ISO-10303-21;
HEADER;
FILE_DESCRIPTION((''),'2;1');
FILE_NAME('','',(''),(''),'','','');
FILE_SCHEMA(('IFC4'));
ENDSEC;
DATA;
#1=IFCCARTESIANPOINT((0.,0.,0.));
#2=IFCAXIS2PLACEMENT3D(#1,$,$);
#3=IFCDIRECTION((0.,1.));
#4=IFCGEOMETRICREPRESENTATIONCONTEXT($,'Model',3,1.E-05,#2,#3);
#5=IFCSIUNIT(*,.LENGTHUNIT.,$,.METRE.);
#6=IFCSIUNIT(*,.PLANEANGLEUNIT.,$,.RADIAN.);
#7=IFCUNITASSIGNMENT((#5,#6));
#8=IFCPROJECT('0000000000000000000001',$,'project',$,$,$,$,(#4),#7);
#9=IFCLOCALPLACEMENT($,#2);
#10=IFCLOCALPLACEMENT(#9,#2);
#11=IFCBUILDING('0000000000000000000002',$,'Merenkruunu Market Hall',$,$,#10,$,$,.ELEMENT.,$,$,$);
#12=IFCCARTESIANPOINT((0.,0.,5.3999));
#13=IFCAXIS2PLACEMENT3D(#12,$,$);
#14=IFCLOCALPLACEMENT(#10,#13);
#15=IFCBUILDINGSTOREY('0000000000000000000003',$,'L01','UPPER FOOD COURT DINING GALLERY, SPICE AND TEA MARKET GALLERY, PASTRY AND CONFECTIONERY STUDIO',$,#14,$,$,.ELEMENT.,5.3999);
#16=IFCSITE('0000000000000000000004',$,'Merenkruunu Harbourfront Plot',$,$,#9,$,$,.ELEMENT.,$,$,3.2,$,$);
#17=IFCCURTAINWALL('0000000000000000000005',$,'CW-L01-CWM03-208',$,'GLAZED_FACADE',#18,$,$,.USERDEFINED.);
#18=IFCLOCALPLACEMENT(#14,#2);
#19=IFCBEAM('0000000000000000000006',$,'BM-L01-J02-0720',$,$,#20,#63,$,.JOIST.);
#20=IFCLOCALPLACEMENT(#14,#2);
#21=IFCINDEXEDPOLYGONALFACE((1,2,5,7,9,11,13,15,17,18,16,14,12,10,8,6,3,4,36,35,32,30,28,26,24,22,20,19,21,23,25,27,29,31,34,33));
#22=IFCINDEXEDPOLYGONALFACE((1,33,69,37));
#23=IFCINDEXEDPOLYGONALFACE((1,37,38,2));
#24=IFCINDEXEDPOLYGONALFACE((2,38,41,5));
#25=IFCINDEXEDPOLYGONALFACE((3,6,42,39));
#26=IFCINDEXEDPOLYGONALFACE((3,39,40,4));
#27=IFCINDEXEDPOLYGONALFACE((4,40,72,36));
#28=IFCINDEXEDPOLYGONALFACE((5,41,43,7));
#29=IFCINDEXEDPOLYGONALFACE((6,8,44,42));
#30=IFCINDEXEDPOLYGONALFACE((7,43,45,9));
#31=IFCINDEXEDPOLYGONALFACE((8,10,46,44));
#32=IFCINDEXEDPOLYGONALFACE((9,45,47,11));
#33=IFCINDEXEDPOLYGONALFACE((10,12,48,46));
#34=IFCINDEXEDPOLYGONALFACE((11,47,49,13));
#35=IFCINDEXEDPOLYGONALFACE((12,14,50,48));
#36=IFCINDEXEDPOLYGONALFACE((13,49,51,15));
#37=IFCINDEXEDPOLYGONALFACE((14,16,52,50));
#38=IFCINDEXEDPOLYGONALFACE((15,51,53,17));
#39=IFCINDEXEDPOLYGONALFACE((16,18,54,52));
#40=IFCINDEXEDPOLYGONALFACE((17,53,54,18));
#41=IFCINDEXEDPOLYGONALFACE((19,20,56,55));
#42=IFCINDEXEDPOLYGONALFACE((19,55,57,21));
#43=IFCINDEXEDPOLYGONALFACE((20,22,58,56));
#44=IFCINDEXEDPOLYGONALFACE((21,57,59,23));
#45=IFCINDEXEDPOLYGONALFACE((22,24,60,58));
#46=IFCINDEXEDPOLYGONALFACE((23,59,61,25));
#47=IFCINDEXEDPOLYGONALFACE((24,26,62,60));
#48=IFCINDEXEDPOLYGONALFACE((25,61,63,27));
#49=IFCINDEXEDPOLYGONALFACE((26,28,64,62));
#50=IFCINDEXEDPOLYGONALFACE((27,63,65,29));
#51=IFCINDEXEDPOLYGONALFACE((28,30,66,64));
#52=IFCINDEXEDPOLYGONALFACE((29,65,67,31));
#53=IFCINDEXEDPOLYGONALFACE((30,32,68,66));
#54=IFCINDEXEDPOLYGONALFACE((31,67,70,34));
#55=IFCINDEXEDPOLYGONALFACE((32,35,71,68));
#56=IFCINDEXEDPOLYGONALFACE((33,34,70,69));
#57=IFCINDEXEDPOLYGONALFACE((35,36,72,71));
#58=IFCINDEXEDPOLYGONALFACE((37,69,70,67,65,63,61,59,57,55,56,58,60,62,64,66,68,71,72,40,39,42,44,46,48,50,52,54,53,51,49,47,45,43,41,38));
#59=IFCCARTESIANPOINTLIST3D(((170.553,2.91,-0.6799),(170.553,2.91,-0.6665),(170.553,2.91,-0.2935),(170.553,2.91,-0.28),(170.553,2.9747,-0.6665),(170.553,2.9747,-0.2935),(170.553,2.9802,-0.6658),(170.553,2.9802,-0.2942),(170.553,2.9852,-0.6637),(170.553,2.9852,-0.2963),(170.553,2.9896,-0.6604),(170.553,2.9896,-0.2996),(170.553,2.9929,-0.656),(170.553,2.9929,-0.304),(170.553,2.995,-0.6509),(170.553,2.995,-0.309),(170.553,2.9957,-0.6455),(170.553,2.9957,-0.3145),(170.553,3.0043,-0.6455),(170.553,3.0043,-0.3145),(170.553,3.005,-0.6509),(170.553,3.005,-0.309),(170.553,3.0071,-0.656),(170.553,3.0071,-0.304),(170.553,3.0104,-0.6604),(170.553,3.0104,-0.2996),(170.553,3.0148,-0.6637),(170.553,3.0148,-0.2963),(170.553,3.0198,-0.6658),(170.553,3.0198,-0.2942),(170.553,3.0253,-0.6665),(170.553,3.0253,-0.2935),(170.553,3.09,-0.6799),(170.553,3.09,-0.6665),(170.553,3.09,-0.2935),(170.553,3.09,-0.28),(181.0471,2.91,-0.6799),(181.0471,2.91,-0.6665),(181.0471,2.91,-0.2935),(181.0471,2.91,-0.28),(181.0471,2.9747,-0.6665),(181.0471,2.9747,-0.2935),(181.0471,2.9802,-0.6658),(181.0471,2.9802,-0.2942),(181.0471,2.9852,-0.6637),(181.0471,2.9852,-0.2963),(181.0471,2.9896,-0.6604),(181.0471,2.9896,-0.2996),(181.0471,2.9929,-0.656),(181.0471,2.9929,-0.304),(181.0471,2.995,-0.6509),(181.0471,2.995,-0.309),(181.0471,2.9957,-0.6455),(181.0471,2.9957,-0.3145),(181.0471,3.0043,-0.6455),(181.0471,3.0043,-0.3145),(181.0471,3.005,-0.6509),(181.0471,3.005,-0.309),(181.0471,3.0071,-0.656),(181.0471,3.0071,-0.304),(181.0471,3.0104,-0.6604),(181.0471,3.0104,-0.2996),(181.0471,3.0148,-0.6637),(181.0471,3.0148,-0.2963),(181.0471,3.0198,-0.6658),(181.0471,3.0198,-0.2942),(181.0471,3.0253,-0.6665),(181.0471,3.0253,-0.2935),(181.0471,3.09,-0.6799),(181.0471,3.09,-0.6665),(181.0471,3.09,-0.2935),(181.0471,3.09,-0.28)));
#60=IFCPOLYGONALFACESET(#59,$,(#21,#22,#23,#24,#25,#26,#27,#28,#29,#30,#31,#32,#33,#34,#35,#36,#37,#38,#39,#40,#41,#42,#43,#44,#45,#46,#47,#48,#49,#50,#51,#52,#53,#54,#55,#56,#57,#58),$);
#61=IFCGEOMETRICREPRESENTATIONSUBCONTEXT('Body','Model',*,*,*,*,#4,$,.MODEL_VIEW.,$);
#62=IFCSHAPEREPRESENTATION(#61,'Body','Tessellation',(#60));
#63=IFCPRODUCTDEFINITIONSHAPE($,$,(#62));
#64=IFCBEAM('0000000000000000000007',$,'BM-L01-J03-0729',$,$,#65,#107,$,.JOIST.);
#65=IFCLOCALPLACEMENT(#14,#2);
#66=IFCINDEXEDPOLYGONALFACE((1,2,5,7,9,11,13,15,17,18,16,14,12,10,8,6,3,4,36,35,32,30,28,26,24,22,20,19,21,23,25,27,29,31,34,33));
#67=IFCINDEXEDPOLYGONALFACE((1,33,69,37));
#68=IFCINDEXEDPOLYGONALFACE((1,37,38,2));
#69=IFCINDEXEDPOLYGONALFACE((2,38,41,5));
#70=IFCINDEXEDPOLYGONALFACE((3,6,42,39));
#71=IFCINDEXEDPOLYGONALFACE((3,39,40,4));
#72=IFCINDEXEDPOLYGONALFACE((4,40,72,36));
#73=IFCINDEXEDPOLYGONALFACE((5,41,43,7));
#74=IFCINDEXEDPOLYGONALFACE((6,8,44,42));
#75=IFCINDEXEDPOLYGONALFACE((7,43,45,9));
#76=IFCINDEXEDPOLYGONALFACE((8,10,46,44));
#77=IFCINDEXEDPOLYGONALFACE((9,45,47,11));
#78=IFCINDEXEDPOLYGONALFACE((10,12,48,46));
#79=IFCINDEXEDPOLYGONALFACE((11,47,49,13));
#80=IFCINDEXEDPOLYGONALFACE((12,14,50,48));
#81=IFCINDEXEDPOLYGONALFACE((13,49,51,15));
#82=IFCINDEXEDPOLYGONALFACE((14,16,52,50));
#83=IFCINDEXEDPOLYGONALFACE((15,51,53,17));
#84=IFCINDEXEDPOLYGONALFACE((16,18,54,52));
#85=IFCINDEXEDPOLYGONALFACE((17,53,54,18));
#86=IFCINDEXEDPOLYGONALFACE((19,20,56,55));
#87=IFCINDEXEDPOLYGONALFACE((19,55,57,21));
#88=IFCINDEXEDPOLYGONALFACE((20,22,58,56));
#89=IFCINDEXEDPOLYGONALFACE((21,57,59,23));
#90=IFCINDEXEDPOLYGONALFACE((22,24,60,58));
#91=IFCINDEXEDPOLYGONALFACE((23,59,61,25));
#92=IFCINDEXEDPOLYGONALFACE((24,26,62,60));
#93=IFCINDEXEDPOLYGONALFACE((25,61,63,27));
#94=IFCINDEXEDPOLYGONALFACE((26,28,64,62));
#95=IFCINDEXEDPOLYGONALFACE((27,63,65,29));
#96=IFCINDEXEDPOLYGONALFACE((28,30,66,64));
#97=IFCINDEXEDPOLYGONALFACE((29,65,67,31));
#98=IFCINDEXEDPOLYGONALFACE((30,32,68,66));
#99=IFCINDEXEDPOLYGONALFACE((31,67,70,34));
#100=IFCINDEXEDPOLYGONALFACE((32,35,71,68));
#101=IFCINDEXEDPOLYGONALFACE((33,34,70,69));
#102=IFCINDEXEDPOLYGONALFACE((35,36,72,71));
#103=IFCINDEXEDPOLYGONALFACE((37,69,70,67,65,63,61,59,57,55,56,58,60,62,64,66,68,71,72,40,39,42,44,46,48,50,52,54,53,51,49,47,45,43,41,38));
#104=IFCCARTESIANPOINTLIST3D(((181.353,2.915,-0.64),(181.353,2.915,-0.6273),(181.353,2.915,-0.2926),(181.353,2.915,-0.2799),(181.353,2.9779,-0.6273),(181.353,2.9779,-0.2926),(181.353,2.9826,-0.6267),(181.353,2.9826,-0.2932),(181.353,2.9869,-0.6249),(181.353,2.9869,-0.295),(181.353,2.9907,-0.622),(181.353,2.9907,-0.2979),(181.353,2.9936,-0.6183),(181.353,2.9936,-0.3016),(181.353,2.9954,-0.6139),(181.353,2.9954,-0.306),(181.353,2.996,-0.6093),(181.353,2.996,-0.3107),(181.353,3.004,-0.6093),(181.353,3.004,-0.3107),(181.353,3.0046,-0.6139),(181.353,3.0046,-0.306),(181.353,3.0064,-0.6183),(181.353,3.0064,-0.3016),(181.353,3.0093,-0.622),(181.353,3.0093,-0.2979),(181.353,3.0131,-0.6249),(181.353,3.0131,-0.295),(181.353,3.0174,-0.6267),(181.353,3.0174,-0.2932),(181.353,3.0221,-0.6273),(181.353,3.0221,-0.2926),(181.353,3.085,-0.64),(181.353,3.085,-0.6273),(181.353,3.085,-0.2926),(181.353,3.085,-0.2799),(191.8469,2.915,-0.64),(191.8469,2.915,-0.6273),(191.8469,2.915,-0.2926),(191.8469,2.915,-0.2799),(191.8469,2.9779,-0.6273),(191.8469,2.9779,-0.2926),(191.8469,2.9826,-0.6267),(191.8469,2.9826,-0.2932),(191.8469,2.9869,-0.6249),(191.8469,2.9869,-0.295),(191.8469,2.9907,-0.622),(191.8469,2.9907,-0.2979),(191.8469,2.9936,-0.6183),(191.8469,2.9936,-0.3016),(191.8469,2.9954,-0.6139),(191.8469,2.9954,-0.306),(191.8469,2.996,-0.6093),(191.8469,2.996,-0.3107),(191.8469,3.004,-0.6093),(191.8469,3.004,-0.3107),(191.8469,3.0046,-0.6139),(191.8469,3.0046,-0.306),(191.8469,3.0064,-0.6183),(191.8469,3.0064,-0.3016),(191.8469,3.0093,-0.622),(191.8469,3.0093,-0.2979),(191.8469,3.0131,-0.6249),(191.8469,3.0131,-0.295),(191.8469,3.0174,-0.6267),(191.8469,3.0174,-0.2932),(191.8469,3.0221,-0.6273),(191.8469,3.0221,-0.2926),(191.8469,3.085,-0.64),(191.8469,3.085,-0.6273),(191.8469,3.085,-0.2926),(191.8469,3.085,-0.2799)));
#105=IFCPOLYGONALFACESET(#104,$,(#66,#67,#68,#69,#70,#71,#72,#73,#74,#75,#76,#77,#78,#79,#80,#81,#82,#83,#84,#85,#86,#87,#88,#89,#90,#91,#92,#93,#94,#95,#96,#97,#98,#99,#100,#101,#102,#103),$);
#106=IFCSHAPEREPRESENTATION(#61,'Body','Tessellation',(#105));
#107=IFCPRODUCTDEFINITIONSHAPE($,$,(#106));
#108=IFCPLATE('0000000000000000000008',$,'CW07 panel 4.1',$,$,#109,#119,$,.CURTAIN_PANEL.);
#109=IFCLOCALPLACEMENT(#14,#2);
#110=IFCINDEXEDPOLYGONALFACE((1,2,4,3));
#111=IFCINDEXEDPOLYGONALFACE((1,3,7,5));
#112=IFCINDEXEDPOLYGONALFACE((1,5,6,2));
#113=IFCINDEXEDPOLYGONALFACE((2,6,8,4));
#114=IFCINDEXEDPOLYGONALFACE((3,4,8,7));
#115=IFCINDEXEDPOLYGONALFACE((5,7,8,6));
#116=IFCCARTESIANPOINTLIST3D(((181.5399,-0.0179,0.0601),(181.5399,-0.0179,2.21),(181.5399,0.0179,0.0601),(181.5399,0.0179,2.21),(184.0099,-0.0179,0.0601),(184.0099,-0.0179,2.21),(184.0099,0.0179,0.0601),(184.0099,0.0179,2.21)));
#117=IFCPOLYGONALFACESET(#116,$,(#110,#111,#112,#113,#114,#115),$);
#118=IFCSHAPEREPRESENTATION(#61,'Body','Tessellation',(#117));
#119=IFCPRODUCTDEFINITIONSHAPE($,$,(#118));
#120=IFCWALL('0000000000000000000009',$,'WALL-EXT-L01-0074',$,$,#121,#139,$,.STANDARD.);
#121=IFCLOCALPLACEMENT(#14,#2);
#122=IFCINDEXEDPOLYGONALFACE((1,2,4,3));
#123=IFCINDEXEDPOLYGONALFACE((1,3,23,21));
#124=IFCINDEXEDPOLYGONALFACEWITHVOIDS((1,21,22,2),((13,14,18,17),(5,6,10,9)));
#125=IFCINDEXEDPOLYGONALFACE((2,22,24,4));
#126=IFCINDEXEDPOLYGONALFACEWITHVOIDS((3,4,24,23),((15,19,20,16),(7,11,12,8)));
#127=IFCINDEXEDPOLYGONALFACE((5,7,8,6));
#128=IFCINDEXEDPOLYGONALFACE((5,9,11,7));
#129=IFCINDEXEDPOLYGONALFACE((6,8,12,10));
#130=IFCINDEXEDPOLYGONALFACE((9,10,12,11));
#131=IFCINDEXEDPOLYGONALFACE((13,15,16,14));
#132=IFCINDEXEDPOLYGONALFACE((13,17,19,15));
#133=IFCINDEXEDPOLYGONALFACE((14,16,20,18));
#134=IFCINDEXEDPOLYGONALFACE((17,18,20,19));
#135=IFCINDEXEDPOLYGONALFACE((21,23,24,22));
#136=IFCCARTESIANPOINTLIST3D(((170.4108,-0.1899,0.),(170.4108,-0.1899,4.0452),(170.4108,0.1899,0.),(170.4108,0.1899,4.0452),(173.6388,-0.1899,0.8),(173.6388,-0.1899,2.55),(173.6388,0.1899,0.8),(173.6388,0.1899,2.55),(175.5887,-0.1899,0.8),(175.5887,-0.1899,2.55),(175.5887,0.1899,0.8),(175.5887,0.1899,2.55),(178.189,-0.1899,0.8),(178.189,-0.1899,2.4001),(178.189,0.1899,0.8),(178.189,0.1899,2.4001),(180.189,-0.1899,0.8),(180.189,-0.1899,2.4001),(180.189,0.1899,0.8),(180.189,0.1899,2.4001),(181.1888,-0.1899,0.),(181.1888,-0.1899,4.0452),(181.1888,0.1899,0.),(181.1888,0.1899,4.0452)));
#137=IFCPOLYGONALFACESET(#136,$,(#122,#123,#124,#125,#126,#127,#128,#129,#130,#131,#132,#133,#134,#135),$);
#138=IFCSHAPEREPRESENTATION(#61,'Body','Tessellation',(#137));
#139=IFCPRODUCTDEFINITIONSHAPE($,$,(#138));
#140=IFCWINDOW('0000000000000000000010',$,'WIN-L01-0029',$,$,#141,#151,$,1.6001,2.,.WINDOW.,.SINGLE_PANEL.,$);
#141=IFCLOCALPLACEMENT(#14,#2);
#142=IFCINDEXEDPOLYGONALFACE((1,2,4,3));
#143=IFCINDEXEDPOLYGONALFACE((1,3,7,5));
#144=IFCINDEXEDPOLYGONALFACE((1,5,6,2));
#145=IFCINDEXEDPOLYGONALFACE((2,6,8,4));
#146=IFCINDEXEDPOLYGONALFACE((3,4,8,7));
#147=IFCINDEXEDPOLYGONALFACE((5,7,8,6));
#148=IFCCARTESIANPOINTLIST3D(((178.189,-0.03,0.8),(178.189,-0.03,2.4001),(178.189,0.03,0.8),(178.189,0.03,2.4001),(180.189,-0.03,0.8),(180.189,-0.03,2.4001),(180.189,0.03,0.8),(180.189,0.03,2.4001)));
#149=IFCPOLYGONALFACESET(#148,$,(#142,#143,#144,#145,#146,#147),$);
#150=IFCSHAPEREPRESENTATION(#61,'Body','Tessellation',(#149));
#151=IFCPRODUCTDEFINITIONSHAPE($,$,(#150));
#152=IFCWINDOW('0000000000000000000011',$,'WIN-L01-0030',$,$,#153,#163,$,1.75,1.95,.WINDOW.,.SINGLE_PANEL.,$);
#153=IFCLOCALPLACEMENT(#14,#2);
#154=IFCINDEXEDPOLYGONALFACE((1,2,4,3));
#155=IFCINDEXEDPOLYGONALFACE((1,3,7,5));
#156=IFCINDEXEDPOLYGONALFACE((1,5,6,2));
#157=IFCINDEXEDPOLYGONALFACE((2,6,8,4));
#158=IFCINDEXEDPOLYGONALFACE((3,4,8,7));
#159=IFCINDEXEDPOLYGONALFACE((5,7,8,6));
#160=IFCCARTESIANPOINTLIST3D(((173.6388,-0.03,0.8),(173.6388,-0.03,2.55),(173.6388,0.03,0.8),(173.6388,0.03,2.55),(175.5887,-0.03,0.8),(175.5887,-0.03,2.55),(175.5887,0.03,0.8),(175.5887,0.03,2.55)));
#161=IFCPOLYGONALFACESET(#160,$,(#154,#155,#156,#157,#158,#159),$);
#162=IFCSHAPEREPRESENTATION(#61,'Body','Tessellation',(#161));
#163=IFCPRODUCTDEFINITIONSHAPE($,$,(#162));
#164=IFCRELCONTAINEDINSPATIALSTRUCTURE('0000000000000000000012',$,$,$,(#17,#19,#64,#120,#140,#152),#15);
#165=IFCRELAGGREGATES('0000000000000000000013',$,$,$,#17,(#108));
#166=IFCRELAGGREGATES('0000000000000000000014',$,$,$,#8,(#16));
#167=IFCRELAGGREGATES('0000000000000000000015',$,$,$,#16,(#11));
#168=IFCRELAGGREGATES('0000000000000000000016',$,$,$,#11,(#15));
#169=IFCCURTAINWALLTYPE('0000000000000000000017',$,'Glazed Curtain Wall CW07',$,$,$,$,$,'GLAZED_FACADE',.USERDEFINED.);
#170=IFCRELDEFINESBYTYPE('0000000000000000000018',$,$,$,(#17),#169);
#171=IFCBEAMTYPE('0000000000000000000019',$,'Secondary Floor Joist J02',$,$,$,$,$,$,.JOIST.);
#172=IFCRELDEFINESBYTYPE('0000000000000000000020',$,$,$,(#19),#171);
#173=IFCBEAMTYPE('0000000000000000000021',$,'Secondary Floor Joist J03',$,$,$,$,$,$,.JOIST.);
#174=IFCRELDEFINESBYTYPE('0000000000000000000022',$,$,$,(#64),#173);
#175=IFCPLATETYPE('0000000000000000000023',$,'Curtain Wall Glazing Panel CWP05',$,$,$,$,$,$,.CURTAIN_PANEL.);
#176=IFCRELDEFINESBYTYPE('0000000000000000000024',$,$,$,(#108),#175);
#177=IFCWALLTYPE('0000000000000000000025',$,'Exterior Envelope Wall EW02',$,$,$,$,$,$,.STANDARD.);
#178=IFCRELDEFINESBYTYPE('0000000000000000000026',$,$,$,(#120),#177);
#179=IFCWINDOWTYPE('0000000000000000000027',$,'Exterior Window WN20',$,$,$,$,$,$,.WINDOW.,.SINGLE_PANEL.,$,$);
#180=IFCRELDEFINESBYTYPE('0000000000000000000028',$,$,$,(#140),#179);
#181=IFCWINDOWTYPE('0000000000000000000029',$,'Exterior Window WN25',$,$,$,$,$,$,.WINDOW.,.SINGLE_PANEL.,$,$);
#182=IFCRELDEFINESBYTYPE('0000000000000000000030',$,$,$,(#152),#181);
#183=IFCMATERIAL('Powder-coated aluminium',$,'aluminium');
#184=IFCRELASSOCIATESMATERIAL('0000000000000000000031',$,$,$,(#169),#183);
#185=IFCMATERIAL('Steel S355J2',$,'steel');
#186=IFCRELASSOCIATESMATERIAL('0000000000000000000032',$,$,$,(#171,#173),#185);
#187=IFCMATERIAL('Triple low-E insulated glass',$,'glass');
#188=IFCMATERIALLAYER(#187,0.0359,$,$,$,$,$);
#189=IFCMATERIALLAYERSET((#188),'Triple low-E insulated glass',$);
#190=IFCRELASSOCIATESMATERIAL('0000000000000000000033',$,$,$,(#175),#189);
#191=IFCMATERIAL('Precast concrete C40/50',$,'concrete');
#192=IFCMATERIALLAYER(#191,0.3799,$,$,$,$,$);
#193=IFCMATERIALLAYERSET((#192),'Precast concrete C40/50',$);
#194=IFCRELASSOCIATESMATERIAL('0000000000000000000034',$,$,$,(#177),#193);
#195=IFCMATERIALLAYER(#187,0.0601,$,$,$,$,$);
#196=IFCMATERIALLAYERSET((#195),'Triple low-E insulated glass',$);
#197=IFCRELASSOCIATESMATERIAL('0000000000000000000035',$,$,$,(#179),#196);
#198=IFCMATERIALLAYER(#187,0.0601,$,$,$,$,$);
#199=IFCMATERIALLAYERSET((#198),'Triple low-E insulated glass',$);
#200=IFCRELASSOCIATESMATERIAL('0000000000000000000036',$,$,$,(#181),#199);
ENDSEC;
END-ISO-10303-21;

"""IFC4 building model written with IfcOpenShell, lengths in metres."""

from ifc_helpers import new_model, si_unit, direction, frame, frame_2d, origin, origin_2d, place, context, subcontext, project, spatial, rectangle, i_section, extrude, material, layer, layer_set, material_profile, profile_set, type_object, element, fill, aggregate, save


model = new_model("IFC4")

# Units and contexts
model_context = context("Model", 3, precision=1e-05, world=origin(), true_north=direction((0.0, 1.0)))
body_context = subcontext(model_context, "Body", "Model", "MODEL_VIEW")
ifc_project = project(units=[si_unit("LENGTHUNIT", "METRE"), si_unit("PLANEANGLEUNIT", "RADIAN")], contexts=[model_context])

# Site, building, storey
site_placement = place(None, origin())
site = spatial("IfcSite", under=ifc_project, at=site_placement, Name="Merenkruunu Harbourfront Plot", CompositionType="ELEMENT", RefElevation=3.2)
building_placement = place(site_placement, origin())
building = spatial("IfcBuilding", under=site, at=building_placement, Name="Merenkruunu Market Hall", CompositionType="ELEMENT")
storey_placement = place(building_placement, frame((0.0, 0.0, 5.3999)))
storey = spatial("IfcBuildingStorey", under=building, at=storey_placement, Name="L01", Description="UPPER FOOD COURT DINING GALLERY, SPICE AND TEA MARKET GALLERY, PASTRY AND CONFECTIONERY STUDIO", CompositionType="ELEMENT", Elevation=5.3999)

# Shared definitions
ifc_material_1 = material(Name="Steel S355J2", Category="steel")

# Curtain wall
ifc_material_2 = material(Name="Powder-coated aluminium", Category="aluminium")
curtain_wall_type = type_object("IfcCurtainWallType", Name="Glazed Curtain Wall CW07", ElementType="GLAZED_FACADE", PredefinedType="USERDEFINED", material=ifc_material_2)
curtain_wall_placement = place(storey_placement, origin())
curtain_wall = element("IfcCurtainWall", 1, at=curtain_wall_placement, inside=storey, type_object=curtain_wall_type, Name="CW-L01-CWM03-208", ObjectType="GLAZED_FACADE", PredefinedType="USERDEFINED")

# Beams
ifc_material_profile_1 = material_profile(ifc_material_1, i_section(OverallWidth=0.1799, OverallDepth=0.3999, WebThickness=0.0085, FlangeThickness=0.0134, FilletRadius=0.021, at=origin_2d()), Name="IPE 400")
ifc_profile_set_1 = profile_set([ifc_material_profile_1], Name="Steel S355J2")
beam_type_1 = type_object("IfcBeamType", Name="Secondary Floor Joist J02", PredefinedType="JOIST", material=ifc_profile_set_1)
beam_1_placement = place(storey_placement, frame((170.553, 3.0, -0.48), z_axis=(1.0, 0.0, 0.0), x_axis=(0.0, 1.0, 0.0)))
element("IfcBeam", 2, at=beam_1_placement, inside=storey, type_object=beam_type_1, Name="BM-L01-J02-0720", PredefinedType="JOIST", context=body_context, shape_type="SweptSolid", body=[
    extrude(i_section(OverallWidth=0.1799, OverallDepth=0.3999, WebThickness=0.0085, FlangeThickness=0.0134, FilletRadius=0.021, at=origin_2d()), origin(), (0.0, 0.0, 1.0), 10.4941),
])
ifc_material_profile_2 = material_profile(ifc_material_1, i_section(OverallWidth=0.1699, OverallDepth=0.3601, WebThickness=0.0081, FlangeThickness=0.0127, FilletRadius=0.0181, at=origin_2d()), Name="IPE 360")
ifc_profile_set_2 = profile_set([ifc_material_profile_2], Name="Steel S355J2")
beam_type_2 = type_object("IfcBeamType", Name="Secondary Floor Joist J03", PredefinedType="JOIST", material=ifc_profile_set_2)
beam_2_placement = place(storey_placement, frame((181.353, 3.0, -0.46), z_axis=(1.0, 0.0, 0.0), x_axis=(0.0, 1.0, 0.0)))
element("IfcBeam", 3, at=beam_2_placement, inside=storey, type_object=beam_type_2, Name="BM-L01-J03-0729", PredefinedType="JOIST", context=body_context, shape_type="SweptSolid", body=[
    extrude(i_section(OverallWidth=0.1699, OverallDepth=0.3601, WebThickness=0.0081, FlangeThickness=0.0127, FilletRadius=0.0181, at=origin_2d()), origin(), (0.0, 0.0, 1.0), 10.4939),
])

# Plate
ifc_material_3 = material(Name="Triple low-E insulated glass", Category="glass")
ifc_layer_1 = layer(ifc_material_3, 0.0359)
ifc_layer_set_1 = layer_set([ifc_layer_1], Name="Triple low-E insulated glass")
plate_type = type_object("IfcPlateType", Name="Curtain Wall Glazing Panel CWP05", PredefinedType="CURTAIN_PANEL", material=ifc_layer_set_1)
plate_placement = place(storey_placement, frame((182.7749, 0.0, 0.0601), z_axis=(0.0, 0.0, 1.0), x_axis=(-1.0, 0.0, 0.0)))
plate = element("IfcPlate", 4, at=plate_placement, type_object=plate_type, Name="CW07 panel 4.1", PredefinedType="CURTAIN_PANEL", context=body_context, shape_type="SweptSolid", body=[
    extrude(rectangle(XDim=2.47, YDim=0.0359, at=origin_2d()), origin(), (0.0, 0.0, 1.0), 2.1499),
])
aggregate(curtain_wall, [plate])

# Wall, openings, windows
ifc_material_4 = material(Name="Precast concrete C40/50", Category="concrete")
ifc_layer_2 = layer(ifc_material_4, 0.3799)
ifc_layer_set_2 = layer_set([ifc_layer_2], Name="Precast concrete C40/50")
wall_type_1 = type_object("IfcWallType", Name="Exterior Envelope Wall EW02", PredefinedType="STANDARD", material=ifc_layer_set_2)
wall_1_placement = place(storey_placement, frame((181.189, 0.0, 0.0), z_axis=(0.0, 0.0, 1.0), x_axis=(-1.0, 0.0, 0.0)))
wall_1 = element("IfcWall", 5, at=wall_1_placement, inside=storey, type_object=wall_type_1, Name="WALL-EXT-L01-0074", PredefinedType="STANDARD", context=body_context, shape_type="SweptSolid", body=[
    extrude(rectangle(XDim=10.7781, YDim=0.3799, at=frame_2d((5.3892, 0.0))), origin(), (0.0, 0.0, 1.0), 4.0452),
])
opening_1_placement = place(wall_1_placement, frame((1.0, 0.0, 0.8)))
opening_1 = element("IfcOpeningElement", 6, at=opening_1_placement, cuts=wall_1, PredefinedType="OPENING", context=body_context, shape_type="SweptSolid", body=[
    extrude(rectangle(XDim=2.0, YDim=1.6001, at=frame_2d((1.0, 0.8))), frame((0.0, 0.2, 0.0), z_axis=(0.0, -1.0, 0.0), x_axis=(1.0, 0.0, 0.0)), (0.0, 0.0, 1.0), 0.3999),
])
opening_2_placement = place(wall_1_placement, frame((5.6001, 0.0, 0.8)))
opening_2 = element("IfcOpeningElement", 7, at=opening_2_placement, cuts=wall_1, PredefinedType="OPENING", context=body_context, shape_type="SweptSolid", body=[
    extrude(rectangle(XDim=1.95, YDim=1.75, at=frame_2d((0.9751, 0.875))), frame((0.0, 0.2, 0.0), z_axis=(0.0, -1.0, 0.0), x_axis=(1.0, 0.0, 0.0)), (0.0, 0.0, 1.0), 0.3999),
])
ifc_layer_3 = layer(ifc_material_3, 0.0601)
ifc_layer_set_3 = layer_set([ifc_layer_3], Name="Triple low-E insulated glass")
window_type_1 = type_object("IfcWindowType", Name="Exterior Window WN20", PartitioningType="SINGLE_PANEL", PredefinedType="WINDOW", material=ifc_layer_set_3)
window_1_placement = place(opening_1_placement, origin())
window_1 = element("IfcWindow", 8, at=window_1_placement, inside=storey, type_object=window_type_1, Name="WIN-L01-0029", OverallHeight=1.6001, OverallWidth=2.0, PartitioningType="SINGLE_PANEL", PredefinedType="WINDOW", context=body_context, shape_type="SweptSolid", body=[
    extrude(rectangle(XDim=2.0, YDim=1.6001, at=frame_2d((1.0, 0.8))), frame((0.0, 0.03, 0.0), z_axis=(0.0, -1.0, 0.0), x_axis=(1.0, 0.0, 0.0)), (0.0, 0.0, 1.0), 0.0601),
])
fill(opening_1, window_1)
ifc_layer_4 = layer(ifc_material_3, 0.0601)
ifc_layer_set_4 = layer_set([ifc_layer_4], Name="Triple low-E insulated glass")
window_type_2 = type_object("IfcWindowType", Name="Exterior Window WN25", PartitioningType="SINGLE_PANEL", PredefinedType="WINDOW", material=ifc_layer_set_4)
window_2_placement = place(opening_2_placement, origin())
window_2 = element("IfcWindow", 9, at=window_2_placement, inside=storey, type_object=window_type_2, Name="WIN-L01-0030", OverallHeight=1.75, OverallWidth=1.95, PartitioningType="SINGLE_PANEL", PredefinedType="WINDOW", context=body_context, shape_type="SweptSolid", body=[
    extrude(rectangle(XDim=1.95, YDim=1.75, at=frame_2d((0.9751, 0.875))), frame((0.0, 0.03, 0.0), z_axis=(0.0, -1.0, 0.0), x_axis=(1.0, 0.0, 0.0)), (0.0, 0.0, 1.0), 0.0601),
])
fill(opening_2, window_2)

save(model, "model.ifc")
